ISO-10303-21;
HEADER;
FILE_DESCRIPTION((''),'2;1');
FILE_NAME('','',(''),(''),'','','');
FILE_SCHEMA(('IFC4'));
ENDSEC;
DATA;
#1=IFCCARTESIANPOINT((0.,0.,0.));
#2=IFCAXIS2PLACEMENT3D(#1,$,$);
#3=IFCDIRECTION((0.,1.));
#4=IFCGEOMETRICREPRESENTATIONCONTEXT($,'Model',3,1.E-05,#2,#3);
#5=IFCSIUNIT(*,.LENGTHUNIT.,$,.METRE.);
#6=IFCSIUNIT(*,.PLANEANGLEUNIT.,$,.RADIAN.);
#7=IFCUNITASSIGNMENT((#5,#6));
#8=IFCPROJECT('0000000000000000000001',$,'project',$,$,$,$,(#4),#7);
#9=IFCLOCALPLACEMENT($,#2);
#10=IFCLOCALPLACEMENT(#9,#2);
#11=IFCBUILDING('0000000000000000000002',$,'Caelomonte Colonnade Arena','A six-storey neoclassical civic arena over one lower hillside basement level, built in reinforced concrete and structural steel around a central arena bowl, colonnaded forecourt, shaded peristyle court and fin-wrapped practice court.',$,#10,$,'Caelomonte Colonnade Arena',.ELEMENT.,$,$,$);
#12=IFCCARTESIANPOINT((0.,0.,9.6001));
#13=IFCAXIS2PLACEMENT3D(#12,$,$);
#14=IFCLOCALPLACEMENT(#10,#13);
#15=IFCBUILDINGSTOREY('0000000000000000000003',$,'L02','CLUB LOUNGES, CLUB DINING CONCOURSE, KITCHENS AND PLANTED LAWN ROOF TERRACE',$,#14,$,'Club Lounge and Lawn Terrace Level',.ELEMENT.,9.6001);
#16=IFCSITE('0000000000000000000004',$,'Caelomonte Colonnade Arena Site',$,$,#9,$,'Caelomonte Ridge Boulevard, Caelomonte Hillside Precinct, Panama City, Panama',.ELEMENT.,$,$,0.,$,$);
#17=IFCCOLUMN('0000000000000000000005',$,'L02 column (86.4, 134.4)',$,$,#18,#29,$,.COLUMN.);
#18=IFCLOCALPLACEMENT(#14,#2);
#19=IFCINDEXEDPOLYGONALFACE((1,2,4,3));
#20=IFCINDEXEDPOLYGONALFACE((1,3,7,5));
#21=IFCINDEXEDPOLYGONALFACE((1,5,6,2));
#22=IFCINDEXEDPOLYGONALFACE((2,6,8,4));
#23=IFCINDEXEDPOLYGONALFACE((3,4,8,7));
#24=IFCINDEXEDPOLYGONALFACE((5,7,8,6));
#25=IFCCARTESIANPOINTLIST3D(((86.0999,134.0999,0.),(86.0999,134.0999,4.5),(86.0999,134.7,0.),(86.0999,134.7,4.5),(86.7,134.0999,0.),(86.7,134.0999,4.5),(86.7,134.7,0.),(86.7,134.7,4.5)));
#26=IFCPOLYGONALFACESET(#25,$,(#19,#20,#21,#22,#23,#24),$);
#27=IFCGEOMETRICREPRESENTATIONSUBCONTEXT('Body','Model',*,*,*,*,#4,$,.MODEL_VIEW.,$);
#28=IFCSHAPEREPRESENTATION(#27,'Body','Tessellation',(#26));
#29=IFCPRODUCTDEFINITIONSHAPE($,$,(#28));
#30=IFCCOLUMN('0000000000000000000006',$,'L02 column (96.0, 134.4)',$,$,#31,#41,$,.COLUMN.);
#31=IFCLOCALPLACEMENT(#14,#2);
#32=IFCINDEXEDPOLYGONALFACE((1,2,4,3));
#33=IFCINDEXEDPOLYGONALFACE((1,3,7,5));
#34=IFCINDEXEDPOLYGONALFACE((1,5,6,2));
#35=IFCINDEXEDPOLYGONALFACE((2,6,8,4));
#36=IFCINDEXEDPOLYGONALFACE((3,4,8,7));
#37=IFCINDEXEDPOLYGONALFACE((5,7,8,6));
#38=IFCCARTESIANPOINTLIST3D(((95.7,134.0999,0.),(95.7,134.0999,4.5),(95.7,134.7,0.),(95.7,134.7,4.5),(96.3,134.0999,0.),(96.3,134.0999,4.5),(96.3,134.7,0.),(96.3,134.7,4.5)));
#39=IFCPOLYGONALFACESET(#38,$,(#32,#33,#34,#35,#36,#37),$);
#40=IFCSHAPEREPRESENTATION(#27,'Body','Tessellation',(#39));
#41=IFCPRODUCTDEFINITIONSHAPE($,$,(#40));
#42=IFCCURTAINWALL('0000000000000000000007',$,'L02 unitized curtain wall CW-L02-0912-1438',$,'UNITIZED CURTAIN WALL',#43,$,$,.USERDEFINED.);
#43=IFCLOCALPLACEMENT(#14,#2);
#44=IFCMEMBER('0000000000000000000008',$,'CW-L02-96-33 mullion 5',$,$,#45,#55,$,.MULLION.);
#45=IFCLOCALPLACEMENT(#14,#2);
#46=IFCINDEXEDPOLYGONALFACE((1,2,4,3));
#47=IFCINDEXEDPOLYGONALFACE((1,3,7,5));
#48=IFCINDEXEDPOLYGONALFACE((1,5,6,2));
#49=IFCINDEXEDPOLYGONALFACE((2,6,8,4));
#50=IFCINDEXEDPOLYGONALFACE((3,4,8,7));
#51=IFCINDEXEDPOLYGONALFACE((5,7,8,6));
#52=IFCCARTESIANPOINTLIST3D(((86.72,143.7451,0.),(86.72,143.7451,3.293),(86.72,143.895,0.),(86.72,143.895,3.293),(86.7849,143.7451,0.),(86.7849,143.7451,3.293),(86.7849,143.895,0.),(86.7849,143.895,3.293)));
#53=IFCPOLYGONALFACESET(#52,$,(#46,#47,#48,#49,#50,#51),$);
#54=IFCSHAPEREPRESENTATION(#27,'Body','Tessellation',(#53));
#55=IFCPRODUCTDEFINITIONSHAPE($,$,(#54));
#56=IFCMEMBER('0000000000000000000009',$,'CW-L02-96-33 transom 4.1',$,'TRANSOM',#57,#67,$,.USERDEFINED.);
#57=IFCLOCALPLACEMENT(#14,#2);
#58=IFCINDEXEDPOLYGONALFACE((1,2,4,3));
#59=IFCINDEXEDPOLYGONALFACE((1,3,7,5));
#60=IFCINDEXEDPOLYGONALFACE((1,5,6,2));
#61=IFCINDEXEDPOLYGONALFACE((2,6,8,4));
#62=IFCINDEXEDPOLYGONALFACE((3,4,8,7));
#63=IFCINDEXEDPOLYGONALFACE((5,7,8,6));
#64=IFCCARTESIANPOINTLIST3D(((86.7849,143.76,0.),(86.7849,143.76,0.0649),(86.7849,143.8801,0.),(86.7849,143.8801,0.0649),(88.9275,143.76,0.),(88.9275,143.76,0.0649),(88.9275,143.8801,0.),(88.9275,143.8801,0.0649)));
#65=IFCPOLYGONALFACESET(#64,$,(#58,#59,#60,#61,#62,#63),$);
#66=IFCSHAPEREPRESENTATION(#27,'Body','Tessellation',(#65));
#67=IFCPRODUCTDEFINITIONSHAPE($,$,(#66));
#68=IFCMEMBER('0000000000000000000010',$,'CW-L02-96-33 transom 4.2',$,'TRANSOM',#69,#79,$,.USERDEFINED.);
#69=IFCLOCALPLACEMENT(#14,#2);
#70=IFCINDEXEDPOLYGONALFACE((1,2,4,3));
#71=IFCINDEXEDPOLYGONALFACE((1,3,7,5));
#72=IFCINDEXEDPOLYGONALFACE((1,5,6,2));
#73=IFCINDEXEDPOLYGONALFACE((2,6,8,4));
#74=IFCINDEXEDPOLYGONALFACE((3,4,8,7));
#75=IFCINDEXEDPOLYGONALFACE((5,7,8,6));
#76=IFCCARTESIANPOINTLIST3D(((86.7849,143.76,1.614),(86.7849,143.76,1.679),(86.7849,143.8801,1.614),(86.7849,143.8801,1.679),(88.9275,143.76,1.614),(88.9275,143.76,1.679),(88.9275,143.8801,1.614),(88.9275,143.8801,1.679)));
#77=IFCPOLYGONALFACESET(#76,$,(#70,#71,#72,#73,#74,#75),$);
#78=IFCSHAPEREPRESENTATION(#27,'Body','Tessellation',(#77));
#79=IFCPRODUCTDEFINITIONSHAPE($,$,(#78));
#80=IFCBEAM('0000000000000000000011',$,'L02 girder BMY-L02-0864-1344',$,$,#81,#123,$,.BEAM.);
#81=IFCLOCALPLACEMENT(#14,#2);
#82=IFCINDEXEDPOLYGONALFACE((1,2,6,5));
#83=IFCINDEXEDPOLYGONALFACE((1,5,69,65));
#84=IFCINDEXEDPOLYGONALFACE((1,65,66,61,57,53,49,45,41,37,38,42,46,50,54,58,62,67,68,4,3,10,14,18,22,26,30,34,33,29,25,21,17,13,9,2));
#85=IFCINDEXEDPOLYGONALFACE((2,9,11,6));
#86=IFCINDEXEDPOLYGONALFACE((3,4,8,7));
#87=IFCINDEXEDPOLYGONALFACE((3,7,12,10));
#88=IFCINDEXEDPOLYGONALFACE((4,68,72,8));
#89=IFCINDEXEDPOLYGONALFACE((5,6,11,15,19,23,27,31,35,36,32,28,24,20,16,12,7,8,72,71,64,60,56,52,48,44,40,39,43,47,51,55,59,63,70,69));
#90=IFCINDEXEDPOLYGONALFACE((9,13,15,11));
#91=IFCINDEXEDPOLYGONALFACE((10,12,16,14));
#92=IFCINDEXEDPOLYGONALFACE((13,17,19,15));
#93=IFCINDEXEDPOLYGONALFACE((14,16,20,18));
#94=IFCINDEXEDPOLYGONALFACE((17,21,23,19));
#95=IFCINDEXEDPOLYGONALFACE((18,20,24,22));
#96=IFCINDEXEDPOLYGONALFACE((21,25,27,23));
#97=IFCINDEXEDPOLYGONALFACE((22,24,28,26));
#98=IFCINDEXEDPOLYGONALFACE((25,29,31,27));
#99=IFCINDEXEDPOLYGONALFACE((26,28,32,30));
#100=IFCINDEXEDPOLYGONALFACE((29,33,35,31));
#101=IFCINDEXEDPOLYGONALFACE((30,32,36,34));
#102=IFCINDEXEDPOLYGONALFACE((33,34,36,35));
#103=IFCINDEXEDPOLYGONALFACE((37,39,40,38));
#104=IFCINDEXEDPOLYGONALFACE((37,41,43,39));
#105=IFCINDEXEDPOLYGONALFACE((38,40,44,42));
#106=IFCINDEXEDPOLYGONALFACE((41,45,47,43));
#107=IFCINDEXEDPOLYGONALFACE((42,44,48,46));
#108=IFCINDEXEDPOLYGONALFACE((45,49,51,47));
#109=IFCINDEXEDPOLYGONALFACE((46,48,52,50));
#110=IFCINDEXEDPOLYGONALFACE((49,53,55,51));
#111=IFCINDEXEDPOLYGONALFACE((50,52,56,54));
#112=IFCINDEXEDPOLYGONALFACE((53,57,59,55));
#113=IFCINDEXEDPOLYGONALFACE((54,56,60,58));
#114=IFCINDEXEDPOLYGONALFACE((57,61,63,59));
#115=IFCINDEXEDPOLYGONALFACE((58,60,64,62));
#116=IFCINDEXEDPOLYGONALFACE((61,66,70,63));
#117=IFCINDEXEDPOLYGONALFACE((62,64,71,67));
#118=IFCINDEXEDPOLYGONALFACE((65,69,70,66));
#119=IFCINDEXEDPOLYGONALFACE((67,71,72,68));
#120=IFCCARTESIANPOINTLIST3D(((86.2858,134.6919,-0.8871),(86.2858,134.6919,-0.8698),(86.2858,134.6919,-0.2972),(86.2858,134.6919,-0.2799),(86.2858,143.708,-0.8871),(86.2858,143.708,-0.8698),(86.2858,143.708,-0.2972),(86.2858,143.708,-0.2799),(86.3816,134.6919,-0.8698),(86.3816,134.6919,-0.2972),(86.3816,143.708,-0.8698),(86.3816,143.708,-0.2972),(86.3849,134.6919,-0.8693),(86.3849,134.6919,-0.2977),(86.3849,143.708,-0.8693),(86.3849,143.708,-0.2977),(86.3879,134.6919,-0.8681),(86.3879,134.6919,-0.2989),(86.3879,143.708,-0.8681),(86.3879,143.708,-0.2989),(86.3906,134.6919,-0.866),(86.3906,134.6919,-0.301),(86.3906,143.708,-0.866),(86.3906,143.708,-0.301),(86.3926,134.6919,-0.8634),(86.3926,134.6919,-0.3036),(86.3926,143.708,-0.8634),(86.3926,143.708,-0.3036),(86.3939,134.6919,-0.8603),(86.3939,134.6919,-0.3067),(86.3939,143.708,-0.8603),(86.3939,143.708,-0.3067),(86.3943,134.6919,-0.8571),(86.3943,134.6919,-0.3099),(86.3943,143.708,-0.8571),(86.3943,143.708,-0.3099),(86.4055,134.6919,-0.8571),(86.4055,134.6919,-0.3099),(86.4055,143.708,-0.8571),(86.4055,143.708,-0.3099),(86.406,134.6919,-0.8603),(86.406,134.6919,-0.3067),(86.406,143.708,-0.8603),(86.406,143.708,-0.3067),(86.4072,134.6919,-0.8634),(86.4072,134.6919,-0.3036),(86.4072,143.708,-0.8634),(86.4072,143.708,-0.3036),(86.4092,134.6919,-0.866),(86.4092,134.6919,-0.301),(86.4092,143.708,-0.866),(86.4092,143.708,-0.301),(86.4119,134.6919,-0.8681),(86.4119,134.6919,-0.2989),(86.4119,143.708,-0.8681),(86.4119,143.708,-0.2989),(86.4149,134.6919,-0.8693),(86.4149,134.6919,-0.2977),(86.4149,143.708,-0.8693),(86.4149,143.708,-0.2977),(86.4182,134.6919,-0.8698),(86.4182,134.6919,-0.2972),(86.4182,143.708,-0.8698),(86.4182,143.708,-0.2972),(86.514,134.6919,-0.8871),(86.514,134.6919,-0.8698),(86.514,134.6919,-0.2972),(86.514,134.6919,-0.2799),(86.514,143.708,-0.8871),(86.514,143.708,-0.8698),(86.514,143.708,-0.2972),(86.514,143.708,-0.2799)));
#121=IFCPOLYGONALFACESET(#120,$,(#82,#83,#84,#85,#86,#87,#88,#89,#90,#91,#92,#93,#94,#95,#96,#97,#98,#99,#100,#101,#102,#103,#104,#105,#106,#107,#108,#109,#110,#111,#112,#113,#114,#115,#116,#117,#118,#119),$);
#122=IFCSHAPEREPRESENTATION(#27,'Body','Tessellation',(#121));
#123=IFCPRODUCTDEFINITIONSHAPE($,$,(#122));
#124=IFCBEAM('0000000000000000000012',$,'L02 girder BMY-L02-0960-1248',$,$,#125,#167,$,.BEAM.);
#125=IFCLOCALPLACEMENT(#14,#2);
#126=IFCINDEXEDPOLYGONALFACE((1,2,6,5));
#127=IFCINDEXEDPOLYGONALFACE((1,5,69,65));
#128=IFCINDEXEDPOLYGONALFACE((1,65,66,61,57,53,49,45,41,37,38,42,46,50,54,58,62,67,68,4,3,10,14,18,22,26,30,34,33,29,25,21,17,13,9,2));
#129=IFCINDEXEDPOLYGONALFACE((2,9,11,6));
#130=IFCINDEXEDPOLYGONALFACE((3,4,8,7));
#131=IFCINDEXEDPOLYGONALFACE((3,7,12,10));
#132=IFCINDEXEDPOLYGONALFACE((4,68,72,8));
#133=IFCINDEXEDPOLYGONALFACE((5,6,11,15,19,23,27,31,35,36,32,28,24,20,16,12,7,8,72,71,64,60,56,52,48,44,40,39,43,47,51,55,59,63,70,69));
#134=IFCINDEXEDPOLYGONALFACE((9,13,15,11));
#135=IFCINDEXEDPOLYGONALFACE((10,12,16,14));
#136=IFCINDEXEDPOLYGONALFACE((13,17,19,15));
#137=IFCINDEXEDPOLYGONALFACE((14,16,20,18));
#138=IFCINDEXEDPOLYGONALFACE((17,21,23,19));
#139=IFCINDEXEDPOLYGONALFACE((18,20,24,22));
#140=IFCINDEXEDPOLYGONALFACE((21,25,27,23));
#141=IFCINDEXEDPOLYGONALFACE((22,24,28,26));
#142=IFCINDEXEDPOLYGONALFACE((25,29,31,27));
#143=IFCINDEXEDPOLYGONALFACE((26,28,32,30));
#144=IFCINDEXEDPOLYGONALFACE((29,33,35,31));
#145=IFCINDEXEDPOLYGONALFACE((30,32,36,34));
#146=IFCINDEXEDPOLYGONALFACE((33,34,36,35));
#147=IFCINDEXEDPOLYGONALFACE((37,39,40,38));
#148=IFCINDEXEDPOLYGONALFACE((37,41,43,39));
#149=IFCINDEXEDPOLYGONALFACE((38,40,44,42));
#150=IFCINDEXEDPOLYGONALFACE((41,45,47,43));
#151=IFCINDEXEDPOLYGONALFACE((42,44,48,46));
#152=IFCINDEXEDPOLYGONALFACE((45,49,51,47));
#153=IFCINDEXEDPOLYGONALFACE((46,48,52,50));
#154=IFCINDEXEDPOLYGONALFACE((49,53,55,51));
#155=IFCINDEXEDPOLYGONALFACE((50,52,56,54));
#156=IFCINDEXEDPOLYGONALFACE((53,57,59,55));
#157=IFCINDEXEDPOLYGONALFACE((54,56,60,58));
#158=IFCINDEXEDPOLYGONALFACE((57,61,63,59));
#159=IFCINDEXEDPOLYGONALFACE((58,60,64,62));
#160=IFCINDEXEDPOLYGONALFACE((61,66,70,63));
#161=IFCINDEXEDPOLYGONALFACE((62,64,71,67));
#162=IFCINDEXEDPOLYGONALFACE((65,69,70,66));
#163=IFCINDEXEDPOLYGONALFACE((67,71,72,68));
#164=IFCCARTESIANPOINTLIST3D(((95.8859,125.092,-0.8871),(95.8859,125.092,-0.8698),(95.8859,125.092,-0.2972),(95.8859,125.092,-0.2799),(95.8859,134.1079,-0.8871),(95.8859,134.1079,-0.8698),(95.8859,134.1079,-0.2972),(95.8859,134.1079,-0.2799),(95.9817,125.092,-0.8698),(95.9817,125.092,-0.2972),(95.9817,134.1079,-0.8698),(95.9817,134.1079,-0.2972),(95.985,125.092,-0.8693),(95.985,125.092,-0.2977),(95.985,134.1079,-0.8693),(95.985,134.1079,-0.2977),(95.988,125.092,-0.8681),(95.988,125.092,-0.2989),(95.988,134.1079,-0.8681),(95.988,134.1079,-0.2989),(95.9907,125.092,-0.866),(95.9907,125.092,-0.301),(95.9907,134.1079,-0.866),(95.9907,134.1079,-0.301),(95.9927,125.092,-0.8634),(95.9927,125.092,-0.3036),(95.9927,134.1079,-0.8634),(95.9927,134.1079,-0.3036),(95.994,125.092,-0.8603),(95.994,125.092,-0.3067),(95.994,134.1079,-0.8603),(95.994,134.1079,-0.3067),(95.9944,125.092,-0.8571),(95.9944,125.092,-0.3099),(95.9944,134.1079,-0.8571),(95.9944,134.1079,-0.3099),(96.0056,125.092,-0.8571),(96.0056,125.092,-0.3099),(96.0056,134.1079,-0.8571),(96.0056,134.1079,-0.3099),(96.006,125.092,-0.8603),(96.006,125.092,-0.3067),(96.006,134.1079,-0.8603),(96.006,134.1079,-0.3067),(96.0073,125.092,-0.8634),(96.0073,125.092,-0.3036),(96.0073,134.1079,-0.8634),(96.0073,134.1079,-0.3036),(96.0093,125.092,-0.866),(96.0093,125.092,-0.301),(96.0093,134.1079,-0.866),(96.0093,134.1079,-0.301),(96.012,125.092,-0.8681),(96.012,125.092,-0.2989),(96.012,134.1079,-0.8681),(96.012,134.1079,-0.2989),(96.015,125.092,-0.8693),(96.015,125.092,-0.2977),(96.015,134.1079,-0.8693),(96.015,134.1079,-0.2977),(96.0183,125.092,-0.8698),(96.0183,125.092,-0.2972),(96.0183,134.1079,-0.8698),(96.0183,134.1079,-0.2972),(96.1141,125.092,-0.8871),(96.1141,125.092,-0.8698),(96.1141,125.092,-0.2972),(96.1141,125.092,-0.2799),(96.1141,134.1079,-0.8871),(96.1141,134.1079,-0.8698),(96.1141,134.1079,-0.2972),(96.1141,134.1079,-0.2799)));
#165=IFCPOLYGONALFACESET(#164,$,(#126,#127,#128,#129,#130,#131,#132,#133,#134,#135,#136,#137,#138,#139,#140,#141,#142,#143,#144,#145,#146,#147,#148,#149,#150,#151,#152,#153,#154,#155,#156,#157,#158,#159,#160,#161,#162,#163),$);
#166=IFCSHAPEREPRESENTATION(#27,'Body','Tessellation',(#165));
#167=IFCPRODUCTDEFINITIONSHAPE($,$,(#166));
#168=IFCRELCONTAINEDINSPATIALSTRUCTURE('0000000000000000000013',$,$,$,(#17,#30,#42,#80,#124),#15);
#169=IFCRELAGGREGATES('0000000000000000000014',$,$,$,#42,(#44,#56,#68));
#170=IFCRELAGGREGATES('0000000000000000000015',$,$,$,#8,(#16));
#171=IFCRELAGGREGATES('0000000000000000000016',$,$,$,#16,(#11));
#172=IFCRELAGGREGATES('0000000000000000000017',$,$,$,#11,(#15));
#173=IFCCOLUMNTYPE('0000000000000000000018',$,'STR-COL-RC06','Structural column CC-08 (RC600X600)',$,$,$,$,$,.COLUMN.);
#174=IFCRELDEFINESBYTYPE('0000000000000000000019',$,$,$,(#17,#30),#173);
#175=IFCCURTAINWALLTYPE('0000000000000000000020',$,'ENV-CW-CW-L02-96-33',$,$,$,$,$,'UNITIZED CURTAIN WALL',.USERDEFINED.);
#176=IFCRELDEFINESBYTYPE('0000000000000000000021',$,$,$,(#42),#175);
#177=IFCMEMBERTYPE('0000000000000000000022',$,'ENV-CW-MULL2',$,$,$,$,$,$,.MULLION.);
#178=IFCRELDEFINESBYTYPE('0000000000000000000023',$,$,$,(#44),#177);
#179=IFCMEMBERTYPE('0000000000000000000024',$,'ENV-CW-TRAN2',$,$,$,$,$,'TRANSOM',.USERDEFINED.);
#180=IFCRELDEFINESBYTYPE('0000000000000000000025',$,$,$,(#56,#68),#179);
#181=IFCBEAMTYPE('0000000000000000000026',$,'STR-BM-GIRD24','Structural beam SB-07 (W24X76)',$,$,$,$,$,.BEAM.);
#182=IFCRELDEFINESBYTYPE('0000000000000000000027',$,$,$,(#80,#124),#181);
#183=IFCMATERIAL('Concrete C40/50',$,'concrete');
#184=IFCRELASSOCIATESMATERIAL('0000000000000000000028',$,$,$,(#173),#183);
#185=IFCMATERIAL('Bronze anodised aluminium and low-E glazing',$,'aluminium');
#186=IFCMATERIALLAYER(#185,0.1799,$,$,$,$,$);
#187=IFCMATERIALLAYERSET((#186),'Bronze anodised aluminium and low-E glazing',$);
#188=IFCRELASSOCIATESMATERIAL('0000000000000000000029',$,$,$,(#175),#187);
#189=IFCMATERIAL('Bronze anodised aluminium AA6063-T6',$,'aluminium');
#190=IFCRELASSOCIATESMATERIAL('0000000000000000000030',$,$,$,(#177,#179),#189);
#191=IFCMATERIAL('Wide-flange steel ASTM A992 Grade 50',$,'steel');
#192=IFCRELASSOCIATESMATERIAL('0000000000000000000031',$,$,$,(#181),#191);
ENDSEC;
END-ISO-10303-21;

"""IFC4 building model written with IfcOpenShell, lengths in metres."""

from ifc_helpers import new_model, si_unit, direction, frame, origin, origin_2d, place, context, subcontext, project, spatial, rectangle, i_section, extrude, material, layer, layer_set, material_profile, profile_set, type_object, element, aggregate, save


model = new_model("IFC4")

# Units and contexts
model_context = context("Model", 3, precision=1e-05, world=origin(), true_north=direction((0.0, 1.0)))
body_context = subcontext(model_context, "Body", "Model", "MODEL_VIEW")
ifc_project = project(units=[si_unit("LENGTHUNIT", "METRE"), si_unit("PLANEANGLEUNIT", "RADIAN")], contexts=[model_context])

# Site, building, storey
site_placement = place(None, origin())
site = spatial("IfcSite", under=ifc_project, at=site_placement, Name="Caelomonte Colonnade Arena Site", LongName="Caelomonte Ridge Boulevard, Caelomonte Hillside Precinct, Panama City, Panama", CompositionType="ELEMENT", RefElevation=0.0)
building_placement = place(site_placement, origin())
building = spatial("IfcBuilding", under=site, at=building_placement, Name="Caelomonte Colonnade Arena", Description="A six-storey neoclassical civic arena over one lower hillside basement level, built in reinforced concrete and structural steel around a central arena bowl, colonnaded forecourt, shaded peristyle court and fin-wrapped practice court.", LongName="Caelomonte Colonnade Arena", CompositionType="ELEMENT")
storey_placement = place(building_placement, frame((0.0, 0.0, 9.6001)))
storey = spatial("IfcBuildingStorey", under=building, at=storey_placement, Name="L02", Description="CLUB LOUNGES, CLUB DINING CONCOURSE, KITCHENS AND PLANTED LAWN ROOF TERRACE", LongName="Club Lounge and Lawn Terrace Level", CompositionType="ELEMENT", Elevation=9.6001)

# Columns
ifc_material_1 = material(Name="Concrete C40/50", Category="concrete")
ifc_material_profile_1 = material_profile(ifc_material_1, rectangle(XDim=0.6001, YDim=0.6001, at=origin_2d()), Name="RC600X600")
ifc_profile_set_1 = profile_set([ifc_material_profile_1], Name="Concrete C40/50")
column_type = type_object("IfcColumnType", Name="STR-COL-RC06", Description="Structural column CC-08 (RC600X600)", PredefinedType="COLUMN", material=ifc_profile_set_1)
for number, where, z_axis, x_axis, name in (
    (1, (86.3999, 134.3999, 0.0), (0.0, 0.0, 1.0), (1.0, 0.0, 0.0), "L02 column (86.4, 134.4)"),
    (2, (96.0, 134.3999, 0.0), (0.0, 0.0, 1.0), (1.0, 0.0, 0.0), "L02 column (96.0, 134.4)"),
):
    element("IfcColumn", number, at=place(storey_placement, frame(where, z_axis=z_axis, x_axis=x_axis)), inside=storey, type_object=column_type, Name=name, PredefinedType="COLUMN", context=body_context, shape_type="SweptSolid", body=[
        extrude(rectangle(XDim=0.6001, YDim=0.6001, at=origin_2d()), origin(), (0.0, 0.0, 1.0), 4.5),
    ])

# Curtain wall, members
ifc_material_2 = material(Name="Bronze anodised aluminium and low-E glazing", Category="aluminium")
ifc_layer_1 = layer(ifc_material_2, 0.1799)
ifc_layer_set_1 = layer_set([ifc_layer_1], Name="Bronze anodised aluminium and low-E glazing")
curtain_wall_type = type_object("IfcCurtainWallType", Name="ENV-CW-CW-L02-96-33", ElementType="UNITIZED CURTAIN WALL", PredefinedType="USERDEFINED", material=ifc_layer_set_1)
curtain_wall_placement = place(storey_placement, origin())
curtain_wall = element("IfcCurtainWall", 3, at=curtain_wall_placement, inside=storey, type_object=curtain_wall_type, Name="L02 unitized curtain wall CW-L02-0912-1438", ObjectType="UNITIZED CURTAIN WALL", PredefinedType="USERDEFINED")
ifc_material_3 = material(Name="Bronze anodised aluminium AA6063-T6", Category="aluminium")
ifc_material_profile_2 = material_profile(ifc_material_3, rectangle(XDim=0.0649, YDim=0.1499, at=origin_2d()), Name="CWM-65X150")
ifc_profile_set_2 = profile_set([ifc_material_profile_2], Name="Bronze anodised aluminium AA6063-T6")
member_type_1 = type_object("IfcMemberType", Name="ENV-CW-MULL2", PredefinedType="MULLION", material=ifc_profile_set_2)
member_1_placement = place(storey_placement, frame((86.7524, 143.8201, 0.0), z_axis=(0.0, 0.0, 1.0), x_axis=(-1.0, 0.0, 0.0)))
member_1 = element("IfcMember", 4, at=member_1_placement, type_object=member_type_1, Name="CW-L02-96-33 mullion 5", PredefinedType="MULLION", context=body_context, shape_type="SweptSolid", body=[
    extrude(rectangle(XDim=0.0649, YDim=0.1499, at=origin_2d()), origin(), (0.0, 0.0, 1.0), 3.293),
])
ifc_material_profile_3 = material_profile(ifc_material_3, rectangle(XDim=0.0649, YDim=0.1201, at=origin_2d()), Name="CWT-65X120")
ifc_profile_set_3 = profile_set([ifc_material_profile_3], Name="Bronze anodised aluminium AA6063-T6")
member_type_2 = type_object("IfcMemberType", Name="ENV-CW-TRAN2", ElementType="TRANSOM", PredefinedType="USERDEFINED", material=ifc_profile_set_3)
member_2_placement = place(storey_placement, frame((88.9275, 143.8201, 0.0325), z_axis=(-1.0, 0.0, 0.0), x_axis=(0.0, 0.0, 1.0)))
member_2 = element("IfcMember", 5, at=member_2_placement, type_object=member_type_2, Name="CW-L02-96-33 transom 4.1", ObjectType="TRANSOM", PredefinedType="USERDEFINED", context=body_context, shape_type="SweptSolid", body=[
    extrude(rectangle(XDim=0.0649, YDim=0.1201, at=origin_2d()), origin(), (0.0, 0.0, 1.0), 2.1426),
])
member_3_placement = place(storey_placement, frame((88.9275, 143.8201, 1.6465), z_axis=(-1.0, 0.0, 0.0), x_axis=(0.0, 0.0, 1.0)))
member_3 = element("IfcMember", 6, at=member_3_placement, type_object=member_type_2, Name="CW-L02-96-33 transom 4.2", ObjectType="TRANSOM", PredefinedType="USERDEFINED", context=body_context, shape_type="SweptSolid", body=[
    extrude(rectangle(XDim=0.0649, YDim=0.1201, at=origin_2d()), origin(), (0.0, 0.0, 1.0), 2.1426),
])

# Beams
ifc_material_4 = material(Name="Wide-flange steel ASTM A992 Grade 50", Category="steel")
ifc_material_profile_4 = material_profile(ifc_material_4, i_section(OverallWidth=0.2283, OverallDepth=0.6072, WebThickness=0.0112, FlangeThickness=0.0173, FilletRadius=0.0127, at=origin_2d()), Name="W24X76")
ifc_profile_set_4 = profile_set([ifc_material_profile_4], Name="Wide-flange steel ASTM A992 Grade 50")
beam_type_1 = type_object("IfcBeamType", Name="STR-BM-GIRD24", Description="Structural beam SB-07 (W24X76)", PredefinedType="BEAM", material=ifc_profile_set_4)
beam_1_placement = place(storey_placement, frame((86.3999, 134.6919, -0.5835), z_axis=(0.0, 1.0, 0.0), x_axis=(-1.0, 0.0, 0.0)))
element("IfcBeam", 7, at=beam_1_placement, inside=storey, type_object=beam_type_1, Name="L02 girder BMY-L02-0864-1344", PredefinedType="BEAM", context=body_context, shape_type="SweptSolid", body=[
    extrude(i_section(OverallWidth=0.2283, OverallDepth=0.6072, WebThickness=0.0112, FlangeThickness=0.0173, FilletRadius=0.0127, at=origin_2d()), origin(), (0.0, 0.0, 1.0), 9.0161),
])
beam_2_placement = place(storey_placement, frame((96.0, 125.092, -0.5835), z_axis=(0.0, 1.0, 0.0), x_axis=(-1.0, 0.0, 0.0)))
element("IfcBeam", 8, at=beam_2_placement, inside=storey, type_object=beam_type_1, Name="L02 girder BMY-L02-0960-1248", PredefinedType="BEAM", context=body_context, shape_type="SweptSolid", body=[
    extrude(i_section(OverallWidth=0.2283, OverallDepth=0.6072, WebThickness=0.0112, FlangeThickness=0.0173, FilletRadius=0.0127, at=origin_2d()), origin(), (0.0, 0.0, 1.0), 9.0159),
])

aggregate(curtain_wall, [member_1, member_2, member_3])

save(model, "model.ifc")
